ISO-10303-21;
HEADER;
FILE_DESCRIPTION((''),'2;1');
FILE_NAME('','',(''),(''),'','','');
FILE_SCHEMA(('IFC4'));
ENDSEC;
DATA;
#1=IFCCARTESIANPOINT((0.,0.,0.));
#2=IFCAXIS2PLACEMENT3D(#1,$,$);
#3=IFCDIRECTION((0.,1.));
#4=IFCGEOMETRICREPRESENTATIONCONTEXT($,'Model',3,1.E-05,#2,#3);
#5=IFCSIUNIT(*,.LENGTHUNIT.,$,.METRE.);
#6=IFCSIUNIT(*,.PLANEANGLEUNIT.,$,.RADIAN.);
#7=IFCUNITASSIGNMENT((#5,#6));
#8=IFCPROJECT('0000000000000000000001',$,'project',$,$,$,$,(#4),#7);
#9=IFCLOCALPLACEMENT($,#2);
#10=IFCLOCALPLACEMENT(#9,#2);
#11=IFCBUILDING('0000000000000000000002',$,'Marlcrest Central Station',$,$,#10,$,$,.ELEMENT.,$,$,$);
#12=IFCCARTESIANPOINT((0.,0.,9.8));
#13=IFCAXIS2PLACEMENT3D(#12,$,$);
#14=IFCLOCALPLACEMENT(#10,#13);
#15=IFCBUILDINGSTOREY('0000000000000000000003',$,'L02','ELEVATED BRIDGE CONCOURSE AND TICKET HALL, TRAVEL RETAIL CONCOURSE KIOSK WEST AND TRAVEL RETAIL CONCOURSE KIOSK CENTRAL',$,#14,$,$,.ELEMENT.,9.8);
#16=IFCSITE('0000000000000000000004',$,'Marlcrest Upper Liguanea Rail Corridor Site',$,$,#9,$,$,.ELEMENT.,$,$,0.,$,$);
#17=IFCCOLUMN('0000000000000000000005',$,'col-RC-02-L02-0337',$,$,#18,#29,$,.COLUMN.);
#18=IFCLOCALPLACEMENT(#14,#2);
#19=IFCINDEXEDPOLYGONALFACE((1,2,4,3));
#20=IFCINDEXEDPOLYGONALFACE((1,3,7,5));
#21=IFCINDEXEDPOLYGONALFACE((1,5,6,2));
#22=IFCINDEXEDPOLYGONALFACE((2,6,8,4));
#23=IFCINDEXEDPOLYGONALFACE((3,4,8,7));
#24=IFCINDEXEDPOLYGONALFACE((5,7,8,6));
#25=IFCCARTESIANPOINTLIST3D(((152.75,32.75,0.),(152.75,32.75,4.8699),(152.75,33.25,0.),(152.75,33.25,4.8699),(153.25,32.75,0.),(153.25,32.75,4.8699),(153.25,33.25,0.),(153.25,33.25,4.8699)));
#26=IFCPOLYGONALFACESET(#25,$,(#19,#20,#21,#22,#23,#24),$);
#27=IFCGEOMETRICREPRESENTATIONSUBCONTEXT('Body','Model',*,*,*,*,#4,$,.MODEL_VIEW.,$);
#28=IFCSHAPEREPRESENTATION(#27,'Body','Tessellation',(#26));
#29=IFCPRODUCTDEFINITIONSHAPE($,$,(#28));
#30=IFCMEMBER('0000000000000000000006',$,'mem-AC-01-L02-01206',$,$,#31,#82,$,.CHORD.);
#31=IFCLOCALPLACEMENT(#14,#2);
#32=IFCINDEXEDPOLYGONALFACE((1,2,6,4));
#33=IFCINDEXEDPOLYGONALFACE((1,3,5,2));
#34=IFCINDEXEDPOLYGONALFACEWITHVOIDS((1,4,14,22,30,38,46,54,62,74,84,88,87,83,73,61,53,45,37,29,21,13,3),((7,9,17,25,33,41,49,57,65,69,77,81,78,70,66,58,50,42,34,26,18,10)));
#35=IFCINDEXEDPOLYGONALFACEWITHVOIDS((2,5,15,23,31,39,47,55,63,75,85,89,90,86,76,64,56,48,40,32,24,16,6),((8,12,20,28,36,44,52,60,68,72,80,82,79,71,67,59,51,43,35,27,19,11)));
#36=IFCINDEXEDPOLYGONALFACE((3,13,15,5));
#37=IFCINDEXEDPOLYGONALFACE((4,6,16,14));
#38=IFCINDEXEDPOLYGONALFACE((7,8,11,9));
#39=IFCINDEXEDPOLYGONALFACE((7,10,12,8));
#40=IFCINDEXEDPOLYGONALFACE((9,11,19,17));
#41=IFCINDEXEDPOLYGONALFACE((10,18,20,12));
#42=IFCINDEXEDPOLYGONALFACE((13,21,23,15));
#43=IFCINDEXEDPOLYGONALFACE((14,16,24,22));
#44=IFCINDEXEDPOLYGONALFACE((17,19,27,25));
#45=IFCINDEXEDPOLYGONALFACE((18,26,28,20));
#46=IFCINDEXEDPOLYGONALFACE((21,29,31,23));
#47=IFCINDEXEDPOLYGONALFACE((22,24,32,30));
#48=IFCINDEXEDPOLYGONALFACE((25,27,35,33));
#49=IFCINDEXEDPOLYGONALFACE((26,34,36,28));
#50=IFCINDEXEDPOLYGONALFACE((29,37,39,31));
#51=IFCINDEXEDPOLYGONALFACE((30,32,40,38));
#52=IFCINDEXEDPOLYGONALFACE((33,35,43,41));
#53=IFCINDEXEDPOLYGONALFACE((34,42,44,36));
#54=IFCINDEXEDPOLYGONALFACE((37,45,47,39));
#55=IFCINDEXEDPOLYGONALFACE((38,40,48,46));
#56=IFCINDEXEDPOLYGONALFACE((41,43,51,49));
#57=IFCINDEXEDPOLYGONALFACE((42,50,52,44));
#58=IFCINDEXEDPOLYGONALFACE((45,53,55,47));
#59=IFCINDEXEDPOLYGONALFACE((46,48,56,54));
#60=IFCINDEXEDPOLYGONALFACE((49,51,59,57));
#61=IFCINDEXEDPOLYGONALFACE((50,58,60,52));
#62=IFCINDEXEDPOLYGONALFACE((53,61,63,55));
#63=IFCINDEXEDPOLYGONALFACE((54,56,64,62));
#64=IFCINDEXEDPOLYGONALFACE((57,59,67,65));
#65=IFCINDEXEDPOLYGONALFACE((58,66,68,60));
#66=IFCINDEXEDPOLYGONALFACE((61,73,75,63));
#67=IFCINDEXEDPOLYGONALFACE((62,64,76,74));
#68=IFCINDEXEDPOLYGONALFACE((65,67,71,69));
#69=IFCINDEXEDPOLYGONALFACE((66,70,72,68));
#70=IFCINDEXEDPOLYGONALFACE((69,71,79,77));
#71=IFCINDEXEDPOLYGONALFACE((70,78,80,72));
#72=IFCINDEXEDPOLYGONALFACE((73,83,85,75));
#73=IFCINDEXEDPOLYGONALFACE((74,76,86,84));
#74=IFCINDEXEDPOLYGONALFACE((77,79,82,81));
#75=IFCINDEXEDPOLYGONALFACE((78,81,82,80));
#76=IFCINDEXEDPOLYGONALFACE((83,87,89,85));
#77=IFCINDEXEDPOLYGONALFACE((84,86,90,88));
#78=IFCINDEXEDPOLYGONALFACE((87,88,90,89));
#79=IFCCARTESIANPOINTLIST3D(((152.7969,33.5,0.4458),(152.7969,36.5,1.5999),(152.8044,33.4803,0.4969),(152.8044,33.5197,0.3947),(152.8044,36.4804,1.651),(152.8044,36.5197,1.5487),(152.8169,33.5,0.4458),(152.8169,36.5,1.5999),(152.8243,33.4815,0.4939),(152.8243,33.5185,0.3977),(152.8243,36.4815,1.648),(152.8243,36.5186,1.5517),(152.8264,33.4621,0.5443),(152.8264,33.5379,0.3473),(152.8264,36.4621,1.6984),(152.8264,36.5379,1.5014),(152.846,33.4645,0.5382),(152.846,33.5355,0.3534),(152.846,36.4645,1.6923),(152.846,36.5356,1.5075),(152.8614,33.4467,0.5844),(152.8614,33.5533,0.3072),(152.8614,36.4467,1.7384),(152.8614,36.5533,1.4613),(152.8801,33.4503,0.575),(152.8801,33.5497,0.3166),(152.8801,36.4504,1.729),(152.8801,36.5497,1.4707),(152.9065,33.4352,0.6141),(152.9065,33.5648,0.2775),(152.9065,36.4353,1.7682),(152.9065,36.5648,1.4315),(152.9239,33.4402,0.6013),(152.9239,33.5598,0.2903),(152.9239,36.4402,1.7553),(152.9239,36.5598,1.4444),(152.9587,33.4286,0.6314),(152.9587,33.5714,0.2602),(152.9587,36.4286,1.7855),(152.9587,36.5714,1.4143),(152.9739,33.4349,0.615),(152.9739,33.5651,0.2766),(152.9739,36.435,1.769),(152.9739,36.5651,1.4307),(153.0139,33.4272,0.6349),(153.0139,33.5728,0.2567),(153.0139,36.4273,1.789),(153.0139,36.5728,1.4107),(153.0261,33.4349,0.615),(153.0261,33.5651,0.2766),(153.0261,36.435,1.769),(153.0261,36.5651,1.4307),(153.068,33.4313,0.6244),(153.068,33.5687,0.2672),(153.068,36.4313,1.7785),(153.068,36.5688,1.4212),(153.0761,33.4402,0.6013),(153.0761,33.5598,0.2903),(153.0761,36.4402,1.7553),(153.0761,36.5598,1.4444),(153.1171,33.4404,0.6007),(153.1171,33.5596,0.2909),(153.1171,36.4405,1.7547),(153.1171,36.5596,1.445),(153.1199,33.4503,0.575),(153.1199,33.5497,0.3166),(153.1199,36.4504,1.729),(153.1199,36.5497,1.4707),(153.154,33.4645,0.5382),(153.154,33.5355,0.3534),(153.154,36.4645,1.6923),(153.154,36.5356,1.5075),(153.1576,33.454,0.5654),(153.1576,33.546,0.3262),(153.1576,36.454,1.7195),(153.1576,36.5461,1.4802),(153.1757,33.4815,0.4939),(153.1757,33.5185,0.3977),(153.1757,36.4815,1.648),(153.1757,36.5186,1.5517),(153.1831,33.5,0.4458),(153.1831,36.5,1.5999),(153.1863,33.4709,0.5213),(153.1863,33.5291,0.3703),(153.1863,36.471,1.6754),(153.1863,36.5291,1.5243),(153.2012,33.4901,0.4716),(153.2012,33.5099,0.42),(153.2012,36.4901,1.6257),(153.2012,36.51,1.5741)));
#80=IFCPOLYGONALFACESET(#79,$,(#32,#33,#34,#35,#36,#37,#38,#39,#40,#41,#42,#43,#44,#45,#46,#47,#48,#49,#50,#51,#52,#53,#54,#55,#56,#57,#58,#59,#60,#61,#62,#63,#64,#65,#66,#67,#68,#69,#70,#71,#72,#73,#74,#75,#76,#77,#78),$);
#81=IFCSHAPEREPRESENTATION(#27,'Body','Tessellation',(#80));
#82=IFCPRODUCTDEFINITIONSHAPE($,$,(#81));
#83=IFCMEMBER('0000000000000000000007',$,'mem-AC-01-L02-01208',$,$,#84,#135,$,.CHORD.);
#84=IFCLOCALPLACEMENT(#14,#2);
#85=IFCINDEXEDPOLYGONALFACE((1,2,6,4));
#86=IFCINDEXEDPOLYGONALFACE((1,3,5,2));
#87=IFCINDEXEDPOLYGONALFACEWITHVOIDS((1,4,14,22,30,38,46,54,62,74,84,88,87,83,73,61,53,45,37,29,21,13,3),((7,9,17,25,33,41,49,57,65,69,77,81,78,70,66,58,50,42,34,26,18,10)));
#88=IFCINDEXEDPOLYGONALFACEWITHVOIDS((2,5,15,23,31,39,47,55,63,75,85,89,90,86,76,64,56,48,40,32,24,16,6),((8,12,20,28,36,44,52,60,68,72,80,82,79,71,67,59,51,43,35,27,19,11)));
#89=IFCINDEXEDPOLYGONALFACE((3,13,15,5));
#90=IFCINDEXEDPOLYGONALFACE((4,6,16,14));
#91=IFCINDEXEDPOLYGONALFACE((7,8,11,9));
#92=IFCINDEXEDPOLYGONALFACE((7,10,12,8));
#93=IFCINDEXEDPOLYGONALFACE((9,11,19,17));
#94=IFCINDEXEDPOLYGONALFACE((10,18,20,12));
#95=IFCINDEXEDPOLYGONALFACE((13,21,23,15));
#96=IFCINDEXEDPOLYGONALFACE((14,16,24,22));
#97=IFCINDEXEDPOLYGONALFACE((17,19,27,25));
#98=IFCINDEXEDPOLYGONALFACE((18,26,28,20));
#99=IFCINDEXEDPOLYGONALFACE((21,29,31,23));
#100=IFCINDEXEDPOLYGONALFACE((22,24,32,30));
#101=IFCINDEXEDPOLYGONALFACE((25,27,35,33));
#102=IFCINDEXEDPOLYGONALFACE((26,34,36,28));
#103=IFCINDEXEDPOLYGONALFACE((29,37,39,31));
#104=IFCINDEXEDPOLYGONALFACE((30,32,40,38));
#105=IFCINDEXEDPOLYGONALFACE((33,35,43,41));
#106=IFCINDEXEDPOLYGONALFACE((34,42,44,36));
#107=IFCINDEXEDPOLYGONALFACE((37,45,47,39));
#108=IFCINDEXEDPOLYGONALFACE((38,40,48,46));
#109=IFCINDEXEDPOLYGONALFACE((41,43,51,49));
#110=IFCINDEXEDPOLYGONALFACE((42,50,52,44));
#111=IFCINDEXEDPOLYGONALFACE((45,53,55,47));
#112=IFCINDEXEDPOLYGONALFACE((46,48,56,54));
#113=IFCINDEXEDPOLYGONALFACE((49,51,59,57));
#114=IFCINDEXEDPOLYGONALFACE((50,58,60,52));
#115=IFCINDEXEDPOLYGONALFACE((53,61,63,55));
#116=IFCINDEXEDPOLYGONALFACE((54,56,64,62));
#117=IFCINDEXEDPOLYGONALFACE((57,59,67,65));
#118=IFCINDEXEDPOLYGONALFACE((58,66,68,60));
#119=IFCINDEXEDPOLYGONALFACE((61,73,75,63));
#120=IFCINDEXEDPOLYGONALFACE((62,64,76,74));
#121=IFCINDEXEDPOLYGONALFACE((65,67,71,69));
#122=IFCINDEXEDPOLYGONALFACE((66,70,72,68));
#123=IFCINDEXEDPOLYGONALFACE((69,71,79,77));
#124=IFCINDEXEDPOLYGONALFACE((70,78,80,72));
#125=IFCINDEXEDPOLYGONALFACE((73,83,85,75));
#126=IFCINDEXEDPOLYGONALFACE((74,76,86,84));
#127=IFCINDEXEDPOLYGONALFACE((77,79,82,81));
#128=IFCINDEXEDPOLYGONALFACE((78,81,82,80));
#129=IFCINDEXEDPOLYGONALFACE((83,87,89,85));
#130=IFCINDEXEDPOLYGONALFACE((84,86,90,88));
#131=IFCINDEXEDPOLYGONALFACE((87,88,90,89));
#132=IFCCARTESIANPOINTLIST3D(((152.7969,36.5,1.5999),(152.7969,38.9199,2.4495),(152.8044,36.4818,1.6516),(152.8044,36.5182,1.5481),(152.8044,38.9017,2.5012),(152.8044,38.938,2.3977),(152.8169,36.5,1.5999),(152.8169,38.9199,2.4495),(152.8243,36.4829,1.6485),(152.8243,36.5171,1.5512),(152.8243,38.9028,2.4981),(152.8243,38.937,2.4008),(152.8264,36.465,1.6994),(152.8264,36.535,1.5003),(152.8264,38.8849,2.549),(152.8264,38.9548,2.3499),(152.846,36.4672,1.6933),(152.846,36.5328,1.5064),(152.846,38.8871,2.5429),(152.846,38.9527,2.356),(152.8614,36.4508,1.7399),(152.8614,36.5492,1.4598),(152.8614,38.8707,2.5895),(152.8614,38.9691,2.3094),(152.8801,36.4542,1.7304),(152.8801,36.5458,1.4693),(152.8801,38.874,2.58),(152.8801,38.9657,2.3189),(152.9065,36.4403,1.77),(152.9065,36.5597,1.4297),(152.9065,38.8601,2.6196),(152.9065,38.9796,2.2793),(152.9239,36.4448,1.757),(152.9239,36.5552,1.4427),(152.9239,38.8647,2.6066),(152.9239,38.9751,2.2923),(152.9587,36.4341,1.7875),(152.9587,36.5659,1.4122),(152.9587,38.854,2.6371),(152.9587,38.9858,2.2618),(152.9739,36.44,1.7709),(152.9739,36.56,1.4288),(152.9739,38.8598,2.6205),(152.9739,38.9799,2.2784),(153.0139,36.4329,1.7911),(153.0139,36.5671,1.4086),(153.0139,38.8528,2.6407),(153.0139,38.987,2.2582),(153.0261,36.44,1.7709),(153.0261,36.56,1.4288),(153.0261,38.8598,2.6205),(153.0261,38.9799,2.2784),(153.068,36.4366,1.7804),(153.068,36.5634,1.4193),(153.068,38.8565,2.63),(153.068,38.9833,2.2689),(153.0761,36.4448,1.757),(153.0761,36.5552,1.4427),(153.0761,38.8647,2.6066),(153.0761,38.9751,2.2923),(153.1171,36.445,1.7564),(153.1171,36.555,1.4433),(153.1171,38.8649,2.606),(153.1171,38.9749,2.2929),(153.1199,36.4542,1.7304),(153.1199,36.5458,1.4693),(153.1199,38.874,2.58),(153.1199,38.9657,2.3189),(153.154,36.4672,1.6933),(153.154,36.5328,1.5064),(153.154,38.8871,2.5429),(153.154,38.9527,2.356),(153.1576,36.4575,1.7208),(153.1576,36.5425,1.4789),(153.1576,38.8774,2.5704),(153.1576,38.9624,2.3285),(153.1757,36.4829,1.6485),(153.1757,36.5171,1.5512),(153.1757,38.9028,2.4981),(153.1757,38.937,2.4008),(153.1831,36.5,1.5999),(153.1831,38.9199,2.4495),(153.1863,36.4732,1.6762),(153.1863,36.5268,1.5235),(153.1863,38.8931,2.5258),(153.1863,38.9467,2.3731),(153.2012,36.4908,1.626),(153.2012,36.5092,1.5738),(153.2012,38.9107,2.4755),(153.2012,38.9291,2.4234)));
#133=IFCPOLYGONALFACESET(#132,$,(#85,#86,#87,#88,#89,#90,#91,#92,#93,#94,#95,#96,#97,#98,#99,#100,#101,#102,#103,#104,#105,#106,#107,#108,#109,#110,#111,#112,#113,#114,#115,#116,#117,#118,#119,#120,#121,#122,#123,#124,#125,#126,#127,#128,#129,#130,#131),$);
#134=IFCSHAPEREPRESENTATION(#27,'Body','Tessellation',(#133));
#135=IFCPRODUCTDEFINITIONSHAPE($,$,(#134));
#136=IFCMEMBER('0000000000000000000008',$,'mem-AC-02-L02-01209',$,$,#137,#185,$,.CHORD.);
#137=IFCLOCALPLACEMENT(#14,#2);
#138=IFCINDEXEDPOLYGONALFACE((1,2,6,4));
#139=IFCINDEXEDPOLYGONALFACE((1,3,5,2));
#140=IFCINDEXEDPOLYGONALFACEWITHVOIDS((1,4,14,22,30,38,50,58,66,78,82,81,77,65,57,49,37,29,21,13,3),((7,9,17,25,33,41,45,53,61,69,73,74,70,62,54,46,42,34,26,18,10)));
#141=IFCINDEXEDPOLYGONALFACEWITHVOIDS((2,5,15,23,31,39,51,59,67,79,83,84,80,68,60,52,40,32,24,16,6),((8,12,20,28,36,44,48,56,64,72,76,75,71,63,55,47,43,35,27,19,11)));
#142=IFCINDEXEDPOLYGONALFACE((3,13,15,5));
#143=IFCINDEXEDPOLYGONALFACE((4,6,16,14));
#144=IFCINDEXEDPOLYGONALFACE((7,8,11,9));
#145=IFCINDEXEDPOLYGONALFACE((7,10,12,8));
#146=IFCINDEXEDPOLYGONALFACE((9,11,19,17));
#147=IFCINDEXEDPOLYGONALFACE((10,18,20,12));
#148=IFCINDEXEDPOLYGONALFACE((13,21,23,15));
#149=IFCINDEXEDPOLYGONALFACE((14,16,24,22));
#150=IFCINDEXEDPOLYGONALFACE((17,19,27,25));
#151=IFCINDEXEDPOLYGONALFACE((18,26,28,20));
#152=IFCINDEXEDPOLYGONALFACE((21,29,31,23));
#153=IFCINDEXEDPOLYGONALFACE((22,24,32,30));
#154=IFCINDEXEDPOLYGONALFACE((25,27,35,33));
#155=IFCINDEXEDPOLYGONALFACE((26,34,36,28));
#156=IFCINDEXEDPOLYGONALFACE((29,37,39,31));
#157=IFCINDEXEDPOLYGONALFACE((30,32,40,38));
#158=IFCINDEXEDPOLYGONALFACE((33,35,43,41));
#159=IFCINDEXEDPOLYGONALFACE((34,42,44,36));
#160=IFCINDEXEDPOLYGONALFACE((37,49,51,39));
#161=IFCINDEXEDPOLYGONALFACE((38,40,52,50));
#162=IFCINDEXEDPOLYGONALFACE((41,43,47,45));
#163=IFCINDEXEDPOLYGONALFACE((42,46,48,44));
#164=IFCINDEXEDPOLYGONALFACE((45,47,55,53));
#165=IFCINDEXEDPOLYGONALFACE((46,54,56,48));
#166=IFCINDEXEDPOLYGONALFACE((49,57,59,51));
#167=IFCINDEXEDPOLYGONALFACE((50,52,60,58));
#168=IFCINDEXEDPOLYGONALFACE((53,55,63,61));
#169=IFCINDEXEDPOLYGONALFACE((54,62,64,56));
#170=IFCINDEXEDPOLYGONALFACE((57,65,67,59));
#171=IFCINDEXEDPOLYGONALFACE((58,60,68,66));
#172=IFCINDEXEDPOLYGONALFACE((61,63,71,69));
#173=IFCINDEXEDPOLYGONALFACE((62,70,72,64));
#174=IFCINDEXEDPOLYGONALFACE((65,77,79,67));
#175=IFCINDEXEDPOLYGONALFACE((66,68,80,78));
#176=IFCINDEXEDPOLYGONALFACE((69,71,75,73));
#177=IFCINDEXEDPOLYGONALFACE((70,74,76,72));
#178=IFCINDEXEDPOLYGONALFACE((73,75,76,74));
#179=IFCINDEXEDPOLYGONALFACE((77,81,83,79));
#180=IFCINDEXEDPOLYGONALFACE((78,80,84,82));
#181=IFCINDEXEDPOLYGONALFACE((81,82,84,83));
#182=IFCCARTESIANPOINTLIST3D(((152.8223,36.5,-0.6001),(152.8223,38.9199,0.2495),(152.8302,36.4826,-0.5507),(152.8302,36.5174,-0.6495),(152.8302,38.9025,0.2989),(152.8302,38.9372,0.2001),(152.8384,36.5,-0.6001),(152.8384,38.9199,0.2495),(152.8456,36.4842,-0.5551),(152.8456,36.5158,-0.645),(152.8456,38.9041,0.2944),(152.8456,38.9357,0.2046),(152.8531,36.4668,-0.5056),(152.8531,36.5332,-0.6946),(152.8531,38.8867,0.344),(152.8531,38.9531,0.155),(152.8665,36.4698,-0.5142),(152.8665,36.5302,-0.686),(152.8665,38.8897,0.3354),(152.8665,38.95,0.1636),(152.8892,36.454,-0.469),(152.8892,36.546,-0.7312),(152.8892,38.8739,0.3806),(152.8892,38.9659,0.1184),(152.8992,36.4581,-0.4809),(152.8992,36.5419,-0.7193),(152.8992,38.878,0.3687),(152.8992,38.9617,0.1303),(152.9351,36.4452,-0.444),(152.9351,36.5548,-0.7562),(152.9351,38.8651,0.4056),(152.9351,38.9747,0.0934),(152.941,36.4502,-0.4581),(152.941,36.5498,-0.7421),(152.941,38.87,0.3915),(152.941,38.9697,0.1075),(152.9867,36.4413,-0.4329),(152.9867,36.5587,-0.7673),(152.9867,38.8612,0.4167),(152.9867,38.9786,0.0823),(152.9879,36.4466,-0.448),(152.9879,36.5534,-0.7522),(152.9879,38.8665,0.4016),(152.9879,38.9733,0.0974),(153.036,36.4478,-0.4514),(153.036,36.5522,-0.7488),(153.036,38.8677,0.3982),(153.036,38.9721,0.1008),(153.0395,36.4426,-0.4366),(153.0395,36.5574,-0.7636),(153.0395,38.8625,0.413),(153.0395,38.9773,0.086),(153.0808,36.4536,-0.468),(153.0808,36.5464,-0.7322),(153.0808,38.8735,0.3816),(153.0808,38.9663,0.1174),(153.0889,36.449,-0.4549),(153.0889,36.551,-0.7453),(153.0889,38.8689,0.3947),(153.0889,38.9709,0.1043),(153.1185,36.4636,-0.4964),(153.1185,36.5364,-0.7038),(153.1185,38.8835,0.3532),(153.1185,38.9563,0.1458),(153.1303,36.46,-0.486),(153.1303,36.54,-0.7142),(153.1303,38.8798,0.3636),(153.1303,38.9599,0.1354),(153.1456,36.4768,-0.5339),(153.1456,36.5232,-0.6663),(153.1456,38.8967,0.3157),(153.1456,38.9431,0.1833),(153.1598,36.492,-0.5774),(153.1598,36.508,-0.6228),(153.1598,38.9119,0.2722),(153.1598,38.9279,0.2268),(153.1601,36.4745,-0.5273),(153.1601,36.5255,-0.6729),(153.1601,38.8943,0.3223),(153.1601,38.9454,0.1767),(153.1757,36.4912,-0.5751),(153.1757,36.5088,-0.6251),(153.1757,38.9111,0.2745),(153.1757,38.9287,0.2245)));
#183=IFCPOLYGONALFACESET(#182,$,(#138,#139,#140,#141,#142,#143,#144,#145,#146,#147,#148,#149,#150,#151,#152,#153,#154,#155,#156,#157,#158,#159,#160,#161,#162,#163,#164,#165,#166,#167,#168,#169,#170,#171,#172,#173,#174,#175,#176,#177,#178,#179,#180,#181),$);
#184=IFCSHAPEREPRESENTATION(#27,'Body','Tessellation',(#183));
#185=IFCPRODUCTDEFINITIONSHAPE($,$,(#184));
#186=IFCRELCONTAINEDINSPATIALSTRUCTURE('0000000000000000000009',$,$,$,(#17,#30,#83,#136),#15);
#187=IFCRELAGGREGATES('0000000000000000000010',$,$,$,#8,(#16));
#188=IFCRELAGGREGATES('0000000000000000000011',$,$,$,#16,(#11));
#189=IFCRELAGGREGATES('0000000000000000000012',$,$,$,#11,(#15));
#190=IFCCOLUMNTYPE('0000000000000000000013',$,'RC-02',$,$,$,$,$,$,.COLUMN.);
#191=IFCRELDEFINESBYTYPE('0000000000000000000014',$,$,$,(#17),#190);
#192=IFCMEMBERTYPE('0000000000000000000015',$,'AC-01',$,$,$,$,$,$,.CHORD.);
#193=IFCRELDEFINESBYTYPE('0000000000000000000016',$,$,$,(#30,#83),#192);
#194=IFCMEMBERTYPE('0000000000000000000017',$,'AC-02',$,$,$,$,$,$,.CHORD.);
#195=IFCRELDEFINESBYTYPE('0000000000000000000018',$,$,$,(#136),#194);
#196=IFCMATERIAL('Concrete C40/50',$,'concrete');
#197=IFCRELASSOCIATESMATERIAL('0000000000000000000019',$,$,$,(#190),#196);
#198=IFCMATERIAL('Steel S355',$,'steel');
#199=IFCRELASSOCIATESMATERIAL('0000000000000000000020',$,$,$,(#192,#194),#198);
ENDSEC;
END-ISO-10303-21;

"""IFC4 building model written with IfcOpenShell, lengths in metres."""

from ifc_helpers import new_model, si_unit, direction, frame, origin, origin_2d, place, context, subcontext, project, spatial, rectangle, hollow_circle, extrude, material, material_profile, profile_set, type_object, element, save


model = new_model("IFC4")

# Units and contexts
model_context = context("Model", 3, precision=1e-05, world=origin(), true_north=direction((0.0, 1.0)))
body_context = subcontext(model_context, "Body", "Model", "MODEL_VIEW")
ifc_project = project(units=[si_unit("LENGTHUNIT", "METRE"), si_unit("PLANEANGLEUNIT", "RADIAN")], contexts=[model_context])

# Site, building, storey
site_placement = place(None, origin())
site = spatial("IfcSite", under=ifc_project, at=site_placement, Name="Marlcrest Upper Liguanea Rail Corridor Site", CompositionType="ELEMENT", RefElevation=0.0)
building_placement = place(site_placement, origin())
building = spatial("IfcBuilding", under=site, at=building_placement, Name="Marlcrest Central Station", CompositionType="ELEMENT")
storey_placement = place(building_placement, frame((0.0, 0.0, 9.8)))
storey = spatial("IfcBuildingStorey", under=building, at=storey_placement, Name="L02", Description="ELEVATED BRIDGE CONCOURSE AND TICKET HALL, TRAVEL RETAIL CONCOURSE KIOSK WEST AND TRAVEL RETAIL CONCOURSE KIOSK CENTRAL", CompositionType="ELEMENT", Elevation=9.8)

# Column
ifc_material_1 = material(Name="Concrete C40/50", Category="concrete")
ifc_material_profile_1 = material_profile(ifc_material_1, rectangle(XDim=0.5, YDim=0.5, at=origin_2d()), Name="RC 500x500")
ifc_profile_set_1 = profile_set([ifc_material_profile_1], Name="Concrete C40/50")
column_type = type_object("IfcColumnType", Name="RC-02", PredefinedType="COLUMN", material=ifc_profile_set_1)
column_placement = place(storey_placement, frame((153.0, 33.0, 0.0), z_axis=(0.0, 0.0, 1.0), x_axis=(1.0, 0.0, 0.0)))
element("IfcColumn", 1, at=column_placement, inside=storey, type_object=column_type, Name="col-RC-02-L02-0337", PredefinedType="COLUMN", context=body_context, shape_type="SweptSolid", body=[
    extrude(rectangle(XDim=0.5, YDim=0.5, at=origin_2d()), origin(), (0.0, 0.0, 1.0), 4.8699),
])

# Members
ifc_material_2 = material(Name="Steel S355", Category="steel")
ifc_material_profile_2 = material_profile(ifc_material_2, hollow_circle(Radius=0.2031, WallThickness=0.02, at=origin_2d()), Name="CHS 406.4x20")
ifc_profile_set_2 = profile_set([ifc_material_profile_2], Name="Steel S355")
member_type_1 = type_object("IfcMemberType", Name="AC-01", PredefinedType="CHORD", material=ifc_profile_set_2)
member_1_placement = place(storey_placement, frame((153.0, 33.5, 0.4458), z_axis=(0.0, 0.933324, 0.359035), x_axis=(-1.0, 0.0, 0.0)))
element("IfcMember", 2, at=member_1_placement, inside=storey, type_object=member_type_1, Name="mem-AC-01-L02-01206", PredefinedType="CHORD", context=body_context, shape_type="SweptSolid", body=[
    extrude(hollow_circle(Radius=0.2031, WallThickness=0.02, at=origin_2d()), origin(), (0.0, 0.0, 1.0), 3.2144),
])
member_2_placement = place(storey_placement, frame((153.0, 36.5, 1.5999), z_axis=(0.0, 0.943537, 0.331266), x_axis=(-1.0, 0.0, 0.0)))
element("IfcMember", 3, at=member_2_placement, inside=storey, type_object=member_type_1, Name="mem-AC-01-L02-01208", PredefinedType="CHORD", context=body_context, shape_type="SweptSolid", body=[
    extrude(hollow_circle(Radius=0.2031, WallThickness=0.02, at=origin_2d()), origin(), (0.0, 0.0, 1.0), 2.5647),
])
ifc_material_profile_3 = material_profile(ifc_material_2, hollow_circle(Radius=0.1777, WallThickness=0.0161, at=origin_2d()), Name="CHS 355.6x16")
ifc_profile_set_3 = profile_set([ifc_material_profile_3], Name="Steel S355")
member_type_2 = type_object("IfcMemberType", Name="AC-02", PredefinedType="CHORD", material=ifc_profile_set_3)
member_3_placement = place(storey_placement, frame((153.0, 36.5, -0.6001), z_axis=(0.0, 0.943537, 0.331266), x_axis=(-1.0, 0.0, 0.0)))
element("IfcMember", 4, at=member_3_placement, inside=storey, type_object=member_type_2, Name="mem-AC-02-L02-01209", PredefinedType="CHORD", context=body_context, shape_type="SweptSolid", body=[
    extrude(hollow_circle(Radius=0.1777, WallThickness=0.0161, at=origin_2d()), origin(), (0.0, 0.0, 1.0), 2.5647),
])

save(model, "model.ifc")
